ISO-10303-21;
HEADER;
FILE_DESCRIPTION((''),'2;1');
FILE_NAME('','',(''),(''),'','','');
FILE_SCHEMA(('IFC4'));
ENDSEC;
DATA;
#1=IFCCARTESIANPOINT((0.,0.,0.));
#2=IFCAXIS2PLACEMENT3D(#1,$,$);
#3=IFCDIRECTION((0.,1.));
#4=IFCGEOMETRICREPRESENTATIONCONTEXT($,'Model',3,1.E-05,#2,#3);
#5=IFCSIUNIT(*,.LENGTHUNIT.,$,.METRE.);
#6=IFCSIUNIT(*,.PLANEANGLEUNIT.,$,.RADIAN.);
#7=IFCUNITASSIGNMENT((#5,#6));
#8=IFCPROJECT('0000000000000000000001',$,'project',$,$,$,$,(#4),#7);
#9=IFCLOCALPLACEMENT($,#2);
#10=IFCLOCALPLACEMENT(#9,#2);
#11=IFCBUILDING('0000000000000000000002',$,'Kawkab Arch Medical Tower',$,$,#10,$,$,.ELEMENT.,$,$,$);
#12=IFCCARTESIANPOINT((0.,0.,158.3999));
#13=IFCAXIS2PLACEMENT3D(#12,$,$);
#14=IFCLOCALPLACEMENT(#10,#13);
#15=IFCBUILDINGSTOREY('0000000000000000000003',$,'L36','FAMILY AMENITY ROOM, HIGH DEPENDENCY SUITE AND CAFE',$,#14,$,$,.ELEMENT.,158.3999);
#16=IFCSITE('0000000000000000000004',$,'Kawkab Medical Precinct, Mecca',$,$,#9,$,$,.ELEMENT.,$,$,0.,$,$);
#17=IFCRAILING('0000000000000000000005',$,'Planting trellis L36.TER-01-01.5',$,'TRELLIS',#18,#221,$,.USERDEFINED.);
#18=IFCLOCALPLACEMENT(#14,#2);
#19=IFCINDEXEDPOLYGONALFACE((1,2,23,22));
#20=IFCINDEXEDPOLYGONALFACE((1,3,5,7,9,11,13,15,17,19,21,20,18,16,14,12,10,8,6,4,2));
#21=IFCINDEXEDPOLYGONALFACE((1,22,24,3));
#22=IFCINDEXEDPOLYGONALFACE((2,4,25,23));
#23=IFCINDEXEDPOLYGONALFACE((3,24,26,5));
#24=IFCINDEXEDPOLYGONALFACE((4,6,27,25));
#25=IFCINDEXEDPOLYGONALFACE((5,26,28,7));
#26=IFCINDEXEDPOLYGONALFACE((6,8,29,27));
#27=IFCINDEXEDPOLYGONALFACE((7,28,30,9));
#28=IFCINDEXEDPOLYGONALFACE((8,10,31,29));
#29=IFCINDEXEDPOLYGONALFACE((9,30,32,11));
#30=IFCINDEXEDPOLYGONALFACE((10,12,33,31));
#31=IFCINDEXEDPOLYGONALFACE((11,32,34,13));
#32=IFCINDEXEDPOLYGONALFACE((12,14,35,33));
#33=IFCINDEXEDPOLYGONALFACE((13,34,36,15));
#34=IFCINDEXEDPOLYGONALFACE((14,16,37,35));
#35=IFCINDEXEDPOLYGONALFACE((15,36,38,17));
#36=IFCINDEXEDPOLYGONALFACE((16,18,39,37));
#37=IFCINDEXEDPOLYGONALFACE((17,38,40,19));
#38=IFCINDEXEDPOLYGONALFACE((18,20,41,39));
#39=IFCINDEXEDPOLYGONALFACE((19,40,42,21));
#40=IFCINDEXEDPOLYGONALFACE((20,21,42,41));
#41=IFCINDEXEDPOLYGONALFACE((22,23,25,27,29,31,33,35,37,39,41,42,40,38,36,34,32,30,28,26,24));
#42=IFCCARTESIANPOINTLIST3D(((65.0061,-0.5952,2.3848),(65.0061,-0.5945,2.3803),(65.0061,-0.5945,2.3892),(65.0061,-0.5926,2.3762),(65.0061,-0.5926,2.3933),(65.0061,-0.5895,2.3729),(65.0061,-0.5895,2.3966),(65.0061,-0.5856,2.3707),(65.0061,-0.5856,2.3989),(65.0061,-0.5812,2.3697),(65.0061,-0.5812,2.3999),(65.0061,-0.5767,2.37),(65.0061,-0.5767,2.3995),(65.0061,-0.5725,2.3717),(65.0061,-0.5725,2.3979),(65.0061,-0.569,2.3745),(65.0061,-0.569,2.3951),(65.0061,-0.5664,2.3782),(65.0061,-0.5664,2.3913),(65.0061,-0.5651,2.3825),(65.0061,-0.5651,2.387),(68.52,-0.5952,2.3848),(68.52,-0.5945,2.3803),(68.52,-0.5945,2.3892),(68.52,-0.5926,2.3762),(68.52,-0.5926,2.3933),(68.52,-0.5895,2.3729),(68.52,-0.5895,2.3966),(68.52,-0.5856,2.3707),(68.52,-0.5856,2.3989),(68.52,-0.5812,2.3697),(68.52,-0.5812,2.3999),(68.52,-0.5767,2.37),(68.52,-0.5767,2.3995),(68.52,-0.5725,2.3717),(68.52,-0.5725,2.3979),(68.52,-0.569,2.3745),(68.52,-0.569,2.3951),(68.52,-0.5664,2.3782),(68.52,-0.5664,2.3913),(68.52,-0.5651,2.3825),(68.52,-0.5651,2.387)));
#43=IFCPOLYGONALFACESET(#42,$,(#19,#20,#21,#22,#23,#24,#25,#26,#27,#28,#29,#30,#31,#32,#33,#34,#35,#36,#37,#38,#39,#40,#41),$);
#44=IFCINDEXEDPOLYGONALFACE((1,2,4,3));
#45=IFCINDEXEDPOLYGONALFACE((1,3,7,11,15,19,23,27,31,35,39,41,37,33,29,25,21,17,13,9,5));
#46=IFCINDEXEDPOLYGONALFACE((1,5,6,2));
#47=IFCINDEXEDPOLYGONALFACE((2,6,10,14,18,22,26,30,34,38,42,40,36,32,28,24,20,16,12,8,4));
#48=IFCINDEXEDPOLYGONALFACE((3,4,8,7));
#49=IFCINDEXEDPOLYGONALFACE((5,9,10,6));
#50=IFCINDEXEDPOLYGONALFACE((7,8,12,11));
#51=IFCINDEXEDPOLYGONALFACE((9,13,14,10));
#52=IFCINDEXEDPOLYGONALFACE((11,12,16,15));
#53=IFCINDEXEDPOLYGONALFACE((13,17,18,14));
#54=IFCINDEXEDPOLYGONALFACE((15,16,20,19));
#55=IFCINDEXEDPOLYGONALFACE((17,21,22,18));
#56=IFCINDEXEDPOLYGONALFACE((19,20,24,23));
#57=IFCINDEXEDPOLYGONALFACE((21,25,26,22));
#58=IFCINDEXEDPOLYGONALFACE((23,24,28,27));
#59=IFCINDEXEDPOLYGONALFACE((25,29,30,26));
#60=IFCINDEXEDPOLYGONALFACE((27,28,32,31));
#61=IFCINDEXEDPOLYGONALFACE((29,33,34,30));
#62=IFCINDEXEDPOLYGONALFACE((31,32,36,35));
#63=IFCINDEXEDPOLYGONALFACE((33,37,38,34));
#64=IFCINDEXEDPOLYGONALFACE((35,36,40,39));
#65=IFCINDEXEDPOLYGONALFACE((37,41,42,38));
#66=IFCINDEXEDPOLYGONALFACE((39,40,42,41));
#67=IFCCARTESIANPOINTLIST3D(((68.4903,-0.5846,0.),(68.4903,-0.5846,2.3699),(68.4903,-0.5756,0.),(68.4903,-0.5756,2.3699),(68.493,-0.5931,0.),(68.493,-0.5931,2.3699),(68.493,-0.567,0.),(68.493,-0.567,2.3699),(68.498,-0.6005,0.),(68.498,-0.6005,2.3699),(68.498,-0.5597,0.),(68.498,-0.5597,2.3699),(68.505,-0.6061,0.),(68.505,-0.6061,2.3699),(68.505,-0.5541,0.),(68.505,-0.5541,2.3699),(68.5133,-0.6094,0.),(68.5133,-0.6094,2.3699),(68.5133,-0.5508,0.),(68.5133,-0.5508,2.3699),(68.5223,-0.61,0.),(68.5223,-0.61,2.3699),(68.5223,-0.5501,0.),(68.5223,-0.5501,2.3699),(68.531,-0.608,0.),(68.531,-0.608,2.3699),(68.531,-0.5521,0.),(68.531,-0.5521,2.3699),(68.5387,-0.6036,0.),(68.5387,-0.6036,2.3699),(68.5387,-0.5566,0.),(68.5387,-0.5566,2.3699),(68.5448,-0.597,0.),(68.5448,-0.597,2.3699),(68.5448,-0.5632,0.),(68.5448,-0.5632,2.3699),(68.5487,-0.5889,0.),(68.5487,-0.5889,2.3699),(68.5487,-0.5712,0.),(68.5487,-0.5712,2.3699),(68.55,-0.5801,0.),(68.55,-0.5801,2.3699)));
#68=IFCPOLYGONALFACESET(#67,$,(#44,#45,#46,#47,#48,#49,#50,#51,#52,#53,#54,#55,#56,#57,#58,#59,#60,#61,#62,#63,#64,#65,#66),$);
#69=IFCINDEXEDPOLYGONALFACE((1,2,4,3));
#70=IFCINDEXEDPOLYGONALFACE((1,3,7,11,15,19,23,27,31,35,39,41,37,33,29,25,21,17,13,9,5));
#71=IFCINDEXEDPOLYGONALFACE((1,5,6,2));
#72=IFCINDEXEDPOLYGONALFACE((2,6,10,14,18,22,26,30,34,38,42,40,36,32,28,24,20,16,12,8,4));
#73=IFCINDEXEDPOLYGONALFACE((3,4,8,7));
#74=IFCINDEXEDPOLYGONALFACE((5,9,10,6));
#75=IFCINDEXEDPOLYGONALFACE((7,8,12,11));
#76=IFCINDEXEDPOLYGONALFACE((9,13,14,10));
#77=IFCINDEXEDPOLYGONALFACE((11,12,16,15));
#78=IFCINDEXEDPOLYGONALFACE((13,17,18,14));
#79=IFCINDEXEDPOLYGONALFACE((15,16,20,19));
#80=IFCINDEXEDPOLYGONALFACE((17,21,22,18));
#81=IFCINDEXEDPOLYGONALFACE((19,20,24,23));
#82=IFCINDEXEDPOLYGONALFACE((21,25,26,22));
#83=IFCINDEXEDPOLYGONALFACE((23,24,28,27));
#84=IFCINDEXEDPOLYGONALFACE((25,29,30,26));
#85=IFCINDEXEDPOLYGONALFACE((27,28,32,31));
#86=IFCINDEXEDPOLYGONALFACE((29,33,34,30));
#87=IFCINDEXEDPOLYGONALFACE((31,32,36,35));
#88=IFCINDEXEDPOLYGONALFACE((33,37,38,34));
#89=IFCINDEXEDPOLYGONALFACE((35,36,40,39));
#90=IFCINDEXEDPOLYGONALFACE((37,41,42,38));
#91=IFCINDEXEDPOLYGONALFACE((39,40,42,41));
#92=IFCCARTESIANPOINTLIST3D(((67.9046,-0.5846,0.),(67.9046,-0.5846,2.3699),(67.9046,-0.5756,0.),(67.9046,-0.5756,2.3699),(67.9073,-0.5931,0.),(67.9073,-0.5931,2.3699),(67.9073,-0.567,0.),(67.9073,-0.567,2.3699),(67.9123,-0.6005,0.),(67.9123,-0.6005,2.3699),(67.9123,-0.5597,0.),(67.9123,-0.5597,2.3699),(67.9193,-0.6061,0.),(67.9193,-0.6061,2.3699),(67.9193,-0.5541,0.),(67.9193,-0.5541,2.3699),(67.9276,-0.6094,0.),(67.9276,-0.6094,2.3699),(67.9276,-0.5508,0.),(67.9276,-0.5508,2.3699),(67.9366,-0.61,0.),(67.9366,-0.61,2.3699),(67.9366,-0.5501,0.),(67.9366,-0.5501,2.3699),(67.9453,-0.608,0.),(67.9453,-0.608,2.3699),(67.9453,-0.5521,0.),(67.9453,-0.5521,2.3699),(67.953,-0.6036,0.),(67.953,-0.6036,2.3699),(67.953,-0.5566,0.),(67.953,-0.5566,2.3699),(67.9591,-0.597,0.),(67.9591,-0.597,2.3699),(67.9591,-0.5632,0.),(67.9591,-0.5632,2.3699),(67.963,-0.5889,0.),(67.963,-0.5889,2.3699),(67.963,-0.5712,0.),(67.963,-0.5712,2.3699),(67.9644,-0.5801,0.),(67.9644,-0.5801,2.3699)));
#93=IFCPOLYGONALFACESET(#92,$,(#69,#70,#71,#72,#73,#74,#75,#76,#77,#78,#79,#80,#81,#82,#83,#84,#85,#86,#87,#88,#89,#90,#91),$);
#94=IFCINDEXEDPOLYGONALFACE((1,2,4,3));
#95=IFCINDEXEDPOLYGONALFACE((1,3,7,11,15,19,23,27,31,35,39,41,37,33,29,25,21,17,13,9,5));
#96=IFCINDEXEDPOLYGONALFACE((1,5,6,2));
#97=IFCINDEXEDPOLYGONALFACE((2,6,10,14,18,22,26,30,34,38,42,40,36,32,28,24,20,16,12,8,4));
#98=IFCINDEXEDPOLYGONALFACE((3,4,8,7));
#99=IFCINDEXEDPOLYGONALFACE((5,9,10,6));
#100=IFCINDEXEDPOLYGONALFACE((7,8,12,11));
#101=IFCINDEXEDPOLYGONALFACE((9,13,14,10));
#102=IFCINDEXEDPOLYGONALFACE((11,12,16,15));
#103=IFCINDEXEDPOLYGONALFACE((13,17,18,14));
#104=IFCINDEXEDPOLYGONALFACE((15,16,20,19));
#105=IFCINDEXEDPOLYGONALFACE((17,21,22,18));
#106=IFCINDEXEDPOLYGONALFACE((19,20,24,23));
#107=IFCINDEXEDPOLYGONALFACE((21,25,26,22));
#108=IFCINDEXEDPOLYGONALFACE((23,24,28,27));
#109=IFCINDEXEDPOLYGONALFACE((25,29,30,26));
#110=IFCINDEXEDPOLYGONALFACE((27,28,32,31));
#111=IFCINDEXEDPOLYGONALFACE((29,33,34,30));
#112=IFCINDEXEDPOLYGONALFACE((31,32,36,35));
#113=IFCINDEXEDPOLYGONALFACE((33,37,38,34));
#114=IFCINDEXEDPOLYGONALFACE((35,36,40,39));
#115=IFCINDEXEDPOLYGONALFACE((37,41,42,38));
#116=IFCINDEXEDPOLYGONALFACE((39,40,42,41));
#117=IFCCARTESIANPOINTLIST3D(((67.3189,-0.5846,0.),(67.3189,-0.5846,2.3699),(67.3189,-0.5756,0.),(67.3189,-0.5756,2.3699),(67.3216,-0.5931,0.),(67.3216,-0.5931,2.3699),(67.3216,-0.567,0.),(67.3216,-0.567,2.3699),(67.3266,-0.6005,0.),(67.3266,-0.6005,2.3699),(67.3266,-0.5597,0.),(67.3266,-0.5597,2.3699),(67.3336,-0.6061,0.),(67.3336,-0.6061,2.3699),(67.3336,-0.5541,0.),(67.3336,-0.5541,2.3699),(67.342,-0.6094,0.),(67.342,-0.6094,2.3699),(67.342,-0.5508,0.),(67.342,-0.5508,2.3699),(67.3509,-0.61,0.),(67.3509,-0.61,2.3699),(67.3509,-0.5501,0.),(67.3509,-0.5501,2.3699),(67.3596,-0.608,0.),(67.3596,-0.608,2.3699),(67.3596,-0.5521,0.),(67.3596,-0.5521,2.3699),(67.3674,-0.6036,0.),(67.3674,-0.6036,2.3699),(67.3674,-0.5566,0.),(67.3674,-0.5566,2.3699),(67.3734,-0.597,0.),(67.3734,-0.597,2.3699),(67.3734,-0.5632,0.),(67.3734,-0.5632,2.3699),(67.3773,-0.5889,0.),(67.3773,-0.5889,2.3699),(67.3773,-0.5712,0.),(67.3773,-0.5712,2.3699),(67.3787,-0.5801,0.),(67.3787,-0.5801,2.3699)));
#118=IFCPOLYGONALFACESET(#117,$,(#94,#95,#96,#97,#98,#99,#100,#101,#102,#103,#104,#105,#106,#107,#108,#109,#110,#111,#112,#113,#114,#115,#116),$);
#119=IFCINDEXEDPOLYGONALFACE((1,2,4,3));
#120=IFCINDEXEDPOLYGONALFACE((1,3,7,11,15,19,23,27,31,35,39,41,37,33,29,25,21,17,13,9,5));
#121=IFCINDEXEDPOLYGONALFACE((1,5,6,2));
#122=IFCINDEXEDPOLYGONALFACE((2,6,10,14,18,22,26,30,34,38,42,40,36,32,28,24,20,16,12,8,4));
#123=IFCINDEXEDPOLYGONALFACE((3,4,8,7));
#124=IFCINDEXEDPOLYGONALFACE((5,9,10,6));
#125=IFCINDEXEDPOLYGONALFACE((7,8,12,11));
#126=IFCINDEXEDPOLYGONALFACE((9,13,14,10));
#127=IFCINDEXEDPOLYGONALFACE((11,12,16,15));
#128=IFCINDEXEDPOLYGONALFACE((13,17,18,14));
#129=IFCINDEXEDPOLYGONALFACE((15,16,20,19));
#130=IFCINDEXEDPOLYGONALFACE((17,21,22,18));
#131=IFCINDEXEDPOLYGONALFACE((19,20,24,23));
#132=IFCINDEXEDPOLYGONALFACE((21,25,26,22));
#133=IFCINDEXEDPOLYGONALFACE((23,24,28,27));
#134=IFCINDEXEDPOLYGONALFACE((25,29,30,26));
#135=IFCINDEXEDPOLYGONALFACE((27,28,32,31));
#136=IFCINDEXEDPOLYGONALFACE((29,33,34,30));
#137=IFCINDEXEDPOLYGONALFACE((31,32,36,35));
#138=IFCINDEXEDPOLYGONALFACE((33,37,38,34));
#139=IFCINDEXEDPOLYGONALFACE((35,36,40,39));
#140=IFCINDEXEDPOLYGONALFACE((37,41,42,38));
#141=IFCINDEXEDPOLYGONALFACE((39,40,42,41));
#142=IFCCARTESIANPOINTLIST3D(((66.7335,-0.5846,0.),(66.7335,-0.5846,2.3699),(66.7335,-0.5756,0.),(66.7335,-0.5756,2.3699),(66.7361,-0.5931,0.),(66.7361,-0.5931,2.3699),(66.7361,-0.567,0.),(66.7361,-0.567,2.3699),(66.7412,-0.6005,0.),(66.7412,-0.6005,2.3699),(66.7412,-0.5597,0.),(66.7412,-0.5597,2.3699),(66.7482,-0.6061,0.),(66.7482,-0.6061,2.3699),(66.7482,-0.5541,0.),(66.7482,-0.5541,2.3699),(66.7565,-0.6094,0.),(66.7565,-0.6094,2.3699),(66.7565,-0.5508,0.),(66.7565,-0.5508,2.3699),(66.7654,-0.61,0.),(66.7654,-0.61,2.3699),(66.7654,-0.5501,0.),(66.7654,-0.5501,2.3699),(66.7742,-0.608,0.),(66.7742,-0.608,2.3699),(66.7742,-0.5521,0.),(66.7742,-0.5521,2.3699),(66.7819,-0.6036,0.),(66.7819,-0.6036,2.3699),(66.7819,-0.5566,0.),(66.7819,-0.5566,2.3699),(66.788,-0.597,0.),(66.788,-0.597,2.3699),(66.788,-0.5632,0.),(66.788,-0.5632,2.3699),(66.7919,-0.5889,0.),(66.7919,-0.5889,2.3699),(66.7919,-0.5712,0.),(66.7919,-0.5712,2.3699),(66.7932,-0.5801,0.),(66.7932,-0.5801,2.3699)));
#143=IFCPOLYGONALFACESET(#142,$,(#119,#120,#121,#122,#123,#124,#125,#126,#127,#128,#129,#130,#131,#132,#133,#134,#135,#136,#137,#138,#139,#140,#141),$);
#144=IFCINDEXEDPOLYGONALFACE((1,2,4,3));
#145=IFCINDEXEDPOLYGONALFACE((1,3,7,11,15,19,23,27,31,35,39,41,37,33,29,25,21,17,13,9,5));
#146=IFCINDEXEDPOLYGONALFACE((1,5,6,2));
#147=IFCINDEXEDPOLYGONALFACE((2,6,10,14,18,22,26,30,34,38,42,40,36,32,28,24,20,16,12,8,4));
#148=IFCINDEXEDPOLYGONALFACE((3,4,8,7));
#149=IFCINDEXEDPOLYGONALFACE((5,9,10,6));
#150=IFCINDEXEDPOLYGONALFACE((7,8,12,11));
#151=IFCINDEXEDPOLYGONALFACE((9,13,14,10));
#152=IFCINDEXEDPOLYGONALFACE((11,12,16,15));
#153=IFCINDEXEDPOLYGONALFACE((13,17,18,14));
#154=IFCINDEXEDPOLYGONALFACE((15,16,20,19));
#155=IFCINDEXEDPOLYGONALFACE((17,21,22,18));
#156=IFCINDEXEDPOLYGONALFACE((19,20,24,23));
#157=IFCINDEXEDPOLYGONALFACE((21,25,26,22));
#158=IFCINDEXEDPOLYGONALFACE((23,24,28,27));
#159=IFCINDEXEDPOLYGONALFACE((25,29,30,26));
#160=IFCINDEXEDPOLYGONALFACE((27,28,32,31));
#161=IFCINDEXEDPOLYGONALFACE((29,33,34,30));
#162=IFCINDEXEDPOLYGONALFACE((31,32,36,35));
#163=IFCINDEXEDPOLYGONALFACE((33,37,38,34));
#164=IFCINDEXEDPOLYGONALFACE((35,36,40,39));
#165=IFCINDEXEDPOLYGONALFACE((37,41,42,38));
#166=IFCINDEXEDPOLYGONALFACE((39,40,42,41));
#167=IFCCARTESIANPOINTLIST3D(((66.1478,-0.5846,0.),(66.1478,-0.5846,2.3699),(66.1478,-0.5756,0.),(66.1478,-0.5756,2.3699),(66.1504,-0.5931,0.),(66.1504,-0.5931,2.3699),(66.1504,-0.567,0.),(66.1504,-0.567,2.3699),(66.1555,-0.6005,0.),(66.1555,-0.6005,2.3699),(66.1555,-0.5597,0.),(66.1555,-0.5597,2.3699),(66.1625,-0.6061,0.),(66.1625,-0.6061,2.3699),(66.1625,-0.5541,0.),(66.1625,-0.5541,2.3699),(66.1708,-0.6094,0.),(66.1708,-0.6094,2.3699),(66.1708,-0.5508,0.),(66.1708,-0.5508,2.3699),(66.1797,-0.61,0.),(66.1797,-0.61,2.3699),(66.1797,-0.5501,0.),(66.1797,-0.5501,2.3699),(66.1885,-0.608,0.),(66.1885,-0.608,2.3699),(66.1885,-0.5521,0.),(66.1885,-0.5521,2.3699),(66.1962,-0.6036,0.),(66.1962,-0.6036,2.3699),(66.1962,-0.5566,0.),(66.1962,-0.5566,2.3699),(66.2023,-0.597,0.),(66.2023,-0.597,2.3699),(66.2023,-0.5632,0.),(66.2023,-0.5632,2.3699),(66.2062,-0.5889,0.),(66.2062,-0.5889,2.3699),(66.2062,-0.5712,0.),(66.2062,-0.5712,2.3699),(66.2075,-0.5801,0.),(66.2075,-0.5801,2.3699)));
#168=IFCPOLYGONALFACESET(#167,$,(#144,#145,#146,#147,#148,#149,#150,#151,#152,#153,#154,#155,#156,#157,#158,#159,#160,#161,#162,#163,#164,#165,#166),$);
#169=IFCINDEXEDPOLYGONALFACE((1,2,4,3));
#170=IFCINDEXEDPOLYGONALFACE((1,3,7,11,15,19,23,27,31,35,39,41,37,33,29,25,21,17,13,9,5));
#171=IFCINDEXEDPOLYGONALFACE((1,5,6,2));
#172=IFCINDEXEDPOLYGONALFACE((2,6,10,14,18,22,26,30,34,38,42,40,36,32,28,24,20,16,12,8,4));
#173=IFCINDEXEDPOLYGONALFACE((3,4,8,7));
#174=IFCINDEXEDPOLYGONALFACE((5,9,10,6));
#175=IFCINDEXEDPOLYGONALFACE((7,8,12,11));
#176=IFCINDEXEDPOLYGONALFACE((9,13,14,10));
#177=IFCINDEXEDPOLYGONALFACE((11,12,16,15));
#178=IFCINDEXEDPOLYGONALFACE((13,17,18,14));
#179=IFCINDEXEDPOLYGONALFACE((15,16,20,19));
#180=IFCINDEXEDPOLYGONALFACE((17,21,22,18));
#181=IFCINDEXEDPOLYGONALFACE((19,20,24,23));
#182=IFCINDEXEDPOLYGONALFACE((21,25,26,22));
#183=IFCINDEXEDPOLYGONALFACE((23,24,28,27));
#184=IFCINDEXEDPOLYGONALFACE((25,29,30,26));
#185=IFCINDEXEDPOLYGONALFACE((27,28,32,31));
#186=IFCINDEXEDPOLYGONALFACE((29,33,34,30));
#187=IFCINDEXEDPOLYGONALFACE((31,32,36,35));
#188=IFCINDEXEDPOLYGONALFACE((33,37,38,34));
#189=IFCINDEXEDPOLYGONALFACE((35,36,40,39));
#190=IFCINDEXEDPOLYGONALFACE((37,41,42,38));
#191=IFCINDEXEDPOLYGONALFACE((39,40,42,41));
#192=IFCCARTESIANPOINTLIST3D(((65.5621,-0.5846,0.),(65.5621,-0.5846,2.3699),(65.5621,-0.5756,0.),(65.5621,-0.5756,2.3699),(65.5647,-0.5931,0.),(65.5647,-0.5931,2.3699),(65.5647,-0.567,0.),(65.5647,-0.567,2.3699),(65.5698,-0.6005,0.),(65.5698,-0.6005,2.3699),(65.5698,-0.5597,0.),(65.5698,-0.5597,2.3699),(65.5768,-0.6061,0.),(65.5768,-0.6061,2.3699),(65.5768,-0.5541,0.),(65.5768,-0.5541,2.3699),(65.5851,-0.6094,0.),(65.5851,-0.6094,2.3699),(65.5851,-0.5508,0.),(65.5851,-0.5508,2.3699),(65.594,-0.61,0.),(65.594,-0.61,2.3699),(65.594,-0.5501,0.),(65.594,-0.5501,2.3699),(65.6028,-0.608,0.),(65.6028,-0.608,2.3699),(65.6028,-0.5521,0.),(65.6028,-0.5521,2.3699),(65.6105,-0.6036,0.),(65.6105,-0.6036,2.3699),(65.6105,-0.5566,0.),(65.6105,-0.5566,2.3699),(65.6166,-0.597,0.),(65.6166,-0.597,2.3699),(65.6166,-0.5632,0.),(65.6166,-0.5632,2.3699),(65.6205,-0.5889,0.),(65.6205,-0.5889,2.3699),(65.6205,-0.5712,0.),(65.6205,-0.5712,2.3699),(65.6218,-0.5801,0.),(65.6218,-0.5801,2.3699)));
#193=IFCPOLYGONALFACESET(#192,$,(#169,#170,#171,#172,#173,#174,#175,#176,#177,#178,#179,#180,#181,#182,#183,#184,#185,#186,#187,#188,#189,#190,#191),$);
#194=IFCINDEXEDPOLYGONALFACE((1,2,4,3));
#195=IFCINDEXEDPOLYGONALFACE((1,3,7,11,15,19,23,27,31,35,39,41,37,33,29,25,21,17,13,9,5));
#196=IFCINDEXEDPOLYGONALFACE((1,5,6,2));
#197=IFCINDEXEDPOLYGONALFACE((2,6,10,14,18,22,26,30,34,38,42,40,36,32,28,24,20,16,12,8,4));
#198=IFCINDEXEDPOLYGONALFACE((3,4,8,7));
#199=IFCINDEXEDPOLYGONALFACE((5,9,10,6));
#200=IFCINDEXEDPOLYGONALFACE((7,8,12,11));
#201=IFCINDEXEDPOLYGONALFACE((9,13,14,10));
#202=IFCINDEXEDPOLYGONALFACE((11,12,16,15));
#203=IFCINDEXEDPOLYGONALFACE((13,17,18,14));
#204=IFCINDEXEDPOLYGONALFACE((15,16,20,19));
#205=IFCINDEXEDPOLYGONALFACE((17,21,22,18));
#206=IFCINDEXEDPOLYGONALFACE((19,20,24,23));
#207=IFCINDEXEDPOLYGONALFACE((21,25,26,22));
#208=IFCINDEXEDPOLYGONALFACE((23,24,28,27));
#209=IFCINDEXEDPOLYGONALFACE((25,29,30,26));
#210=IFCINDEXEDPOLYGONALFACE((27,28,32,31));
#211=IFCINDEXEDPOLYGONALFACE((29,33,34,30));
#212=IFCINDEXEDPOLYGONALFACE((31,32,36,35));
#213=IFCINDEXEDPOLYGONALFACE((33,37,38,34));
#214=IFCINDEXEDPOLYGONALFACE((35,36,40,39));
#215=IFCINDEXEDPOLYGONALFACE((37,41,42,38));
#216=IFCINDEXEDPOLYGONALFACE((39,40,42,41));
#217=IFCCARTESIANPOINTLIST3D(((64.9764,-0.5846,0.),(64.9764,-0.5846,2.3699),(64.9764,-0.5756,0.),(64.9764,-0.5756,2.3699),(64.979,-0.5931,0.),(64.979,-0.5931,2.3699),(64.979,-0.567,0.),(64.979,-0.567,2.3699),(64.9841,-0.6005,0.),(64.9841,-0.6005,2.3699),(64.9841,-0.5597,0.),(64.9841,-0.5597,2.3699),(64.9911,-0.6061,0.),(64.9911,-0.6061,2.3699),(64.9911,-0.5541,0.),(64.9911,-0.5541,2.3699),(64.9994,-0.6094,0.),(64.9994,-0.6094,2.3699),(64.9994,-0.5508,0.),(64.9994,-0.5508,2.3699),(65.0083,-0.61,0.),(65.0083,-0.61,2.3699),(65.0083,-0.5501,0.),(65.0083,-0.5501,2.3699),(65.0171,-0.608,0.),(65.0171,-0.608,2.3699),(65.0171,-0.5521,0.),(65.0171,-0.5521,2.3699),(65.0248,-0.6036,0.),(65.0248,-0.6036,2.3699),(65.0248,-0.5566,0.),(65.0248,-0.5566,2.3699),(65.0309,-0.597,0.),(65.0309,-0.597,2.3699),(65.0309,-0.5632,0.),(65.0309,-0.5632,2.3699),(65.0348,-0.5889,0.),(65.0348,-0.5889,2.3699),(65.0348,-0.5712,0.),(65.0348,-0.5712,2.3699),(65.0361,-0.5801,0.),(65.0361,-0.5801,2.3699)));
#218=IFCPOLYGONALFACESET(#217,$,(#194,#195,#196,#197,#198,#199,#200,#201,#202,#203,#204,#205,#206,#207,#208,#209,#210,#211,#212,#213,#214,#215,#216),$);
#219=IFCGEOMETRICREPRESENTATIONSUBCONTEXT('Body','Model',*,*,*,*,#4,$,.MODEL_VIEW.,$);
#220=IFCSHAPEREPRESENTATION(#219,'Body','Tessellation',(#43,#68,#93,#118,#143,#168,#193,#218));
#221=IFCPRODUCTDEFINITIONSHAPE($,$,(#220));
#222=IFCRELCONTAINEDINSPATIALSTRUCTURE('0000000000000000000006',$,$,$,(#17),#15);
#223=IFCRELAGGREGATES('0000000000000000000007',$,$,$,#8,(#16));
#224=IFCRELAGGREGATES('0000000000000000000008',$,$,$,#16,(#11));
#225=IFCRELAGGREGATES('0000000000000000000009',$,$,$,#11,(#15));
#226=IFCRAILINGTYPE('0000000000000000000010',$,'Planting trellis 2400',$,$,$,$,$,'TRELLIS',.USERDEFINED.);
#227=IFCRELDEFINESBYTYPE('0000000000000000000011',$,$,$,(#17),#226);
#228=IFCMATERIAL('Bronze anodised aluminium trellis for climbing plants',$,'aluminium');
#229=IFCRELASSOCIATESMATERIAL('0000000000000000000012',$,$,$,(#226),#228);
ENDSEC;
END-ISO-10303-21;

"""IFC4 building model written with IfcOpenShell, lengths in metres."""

from ifc_helpers import new_model, si_unit, direction, frame, origin, origin_2d, place, context, subcontext, project, spatial, circle, extrude, material, type_object, element, save


model = new_model("IFC4")

# Units and contexts
model_context = context("Model", 3, precision=1e-05, world=origin(), true_north=direction((0.0, 1.0)))
body_context = subcontext(model_context, "Body", "Model", "MODEL_VIEW")
ifc_project = project(units=[si_unit("LENGTHUNIT", "METRE"), si_unit("PLANEANGLEUNIT", "RADIAN")], contexts=[model_context])

# Site, building, storey
site_placement = place(None, origin())
site = spatial("IfcSite", under=ifc_project, at=site_placement, Name="Kawkab Medical Precinct, Mecca", CompositionType="ELEMENT", RefElevation=0.0)
building_placement = place(site_placement, origin())
building = spatial("IfcBuilding", under=site, at=building_placement, Name="Kawkab Arch Medical Tower", CompositionType="ELEMENT")
storey_placement = place(building_placement, frame((0.0, 0.0, 158.3999)))
storey = spatial("IfcBuildingStorey", under=building, at=storey_placement, Name="L36", Description="FAMILY AMENITY ROOM, HIGH DEPENDENCY SUITE AND CAFE", CompositionType="ELEMENT", Elevation=158.3999)

# Railing
ifc_material_1 = material(Name="Bronze anodised aluminium trellis for climbing plants", Category="aluminium")
railing_type_1 = type_object("IfcRailingType", Name="Planting trellis 2400", ElementType="TRELLIS", PredefinedType="USERDEFINED", material=ifc_material_1)
railing_1_placement = place(storey_placement, frame((68.52, -0.5801, 0.0)))
element("IfcRailing", 1, at=railing_1_placement, inside=storey, type_object=railing_type_1, Name="Planting trellis L36.TER-01-01.5", ObjectType="TRELLIS", PredefinedType="USERDEFINED", context=body_context, shape_type="SweptSolid", body=[
    extrude(circle(Radius=0.0151, at=origin_2d()), frame((0.0, 0.0, 2.3848), z_axis=(-1.0, 0.0, 0.0), x_axis=(0.0, -1.0, 0.0)), (0.0, 0.0, 1.0), 3.5139),
    extrude(circle(Radius=0.03, at=origin_2d()), origin(), (0.0, 0.0, 1.0), 2.3699),
    extrude(circle(Radius=0.03, at=origin_2d()), frame((-0.5857, 0.0, 0.0)), (0.0, 0.0, 1.0), 2.3699),
    extrude(circle(Radius=0.03, at=origin_2d()), frame((-1.1714, 0.0, 0.0)), (0.0, 0.0, 1.0), 2.3699),
    extrude(circle(Radius=0.03, at=origin_2d()), frame((-1.7568, 0.0, 0.0)), (0.0, 0.0, 1.0), 2.3699),
    extrude(circle(Radius=0.03, at=origin_2d()), frame((-2.3425, 0.0, 0.0)), (0.0, 0.0, 1.0), 2.3699),
    extrude(circle(Radius=0.03, at=origin_2d()), frame((-2.9282, 0.0, 0.0)), (0.0, 0.0, 1.0), 2.3699),
    extrude(circle(Radius=0.03, at=origin_2d()), frame((-3.5139, 0.0, 0.0)), (0.0, 0.0, 1.0), 2.3699),
])

save(model, "model.ifc")
